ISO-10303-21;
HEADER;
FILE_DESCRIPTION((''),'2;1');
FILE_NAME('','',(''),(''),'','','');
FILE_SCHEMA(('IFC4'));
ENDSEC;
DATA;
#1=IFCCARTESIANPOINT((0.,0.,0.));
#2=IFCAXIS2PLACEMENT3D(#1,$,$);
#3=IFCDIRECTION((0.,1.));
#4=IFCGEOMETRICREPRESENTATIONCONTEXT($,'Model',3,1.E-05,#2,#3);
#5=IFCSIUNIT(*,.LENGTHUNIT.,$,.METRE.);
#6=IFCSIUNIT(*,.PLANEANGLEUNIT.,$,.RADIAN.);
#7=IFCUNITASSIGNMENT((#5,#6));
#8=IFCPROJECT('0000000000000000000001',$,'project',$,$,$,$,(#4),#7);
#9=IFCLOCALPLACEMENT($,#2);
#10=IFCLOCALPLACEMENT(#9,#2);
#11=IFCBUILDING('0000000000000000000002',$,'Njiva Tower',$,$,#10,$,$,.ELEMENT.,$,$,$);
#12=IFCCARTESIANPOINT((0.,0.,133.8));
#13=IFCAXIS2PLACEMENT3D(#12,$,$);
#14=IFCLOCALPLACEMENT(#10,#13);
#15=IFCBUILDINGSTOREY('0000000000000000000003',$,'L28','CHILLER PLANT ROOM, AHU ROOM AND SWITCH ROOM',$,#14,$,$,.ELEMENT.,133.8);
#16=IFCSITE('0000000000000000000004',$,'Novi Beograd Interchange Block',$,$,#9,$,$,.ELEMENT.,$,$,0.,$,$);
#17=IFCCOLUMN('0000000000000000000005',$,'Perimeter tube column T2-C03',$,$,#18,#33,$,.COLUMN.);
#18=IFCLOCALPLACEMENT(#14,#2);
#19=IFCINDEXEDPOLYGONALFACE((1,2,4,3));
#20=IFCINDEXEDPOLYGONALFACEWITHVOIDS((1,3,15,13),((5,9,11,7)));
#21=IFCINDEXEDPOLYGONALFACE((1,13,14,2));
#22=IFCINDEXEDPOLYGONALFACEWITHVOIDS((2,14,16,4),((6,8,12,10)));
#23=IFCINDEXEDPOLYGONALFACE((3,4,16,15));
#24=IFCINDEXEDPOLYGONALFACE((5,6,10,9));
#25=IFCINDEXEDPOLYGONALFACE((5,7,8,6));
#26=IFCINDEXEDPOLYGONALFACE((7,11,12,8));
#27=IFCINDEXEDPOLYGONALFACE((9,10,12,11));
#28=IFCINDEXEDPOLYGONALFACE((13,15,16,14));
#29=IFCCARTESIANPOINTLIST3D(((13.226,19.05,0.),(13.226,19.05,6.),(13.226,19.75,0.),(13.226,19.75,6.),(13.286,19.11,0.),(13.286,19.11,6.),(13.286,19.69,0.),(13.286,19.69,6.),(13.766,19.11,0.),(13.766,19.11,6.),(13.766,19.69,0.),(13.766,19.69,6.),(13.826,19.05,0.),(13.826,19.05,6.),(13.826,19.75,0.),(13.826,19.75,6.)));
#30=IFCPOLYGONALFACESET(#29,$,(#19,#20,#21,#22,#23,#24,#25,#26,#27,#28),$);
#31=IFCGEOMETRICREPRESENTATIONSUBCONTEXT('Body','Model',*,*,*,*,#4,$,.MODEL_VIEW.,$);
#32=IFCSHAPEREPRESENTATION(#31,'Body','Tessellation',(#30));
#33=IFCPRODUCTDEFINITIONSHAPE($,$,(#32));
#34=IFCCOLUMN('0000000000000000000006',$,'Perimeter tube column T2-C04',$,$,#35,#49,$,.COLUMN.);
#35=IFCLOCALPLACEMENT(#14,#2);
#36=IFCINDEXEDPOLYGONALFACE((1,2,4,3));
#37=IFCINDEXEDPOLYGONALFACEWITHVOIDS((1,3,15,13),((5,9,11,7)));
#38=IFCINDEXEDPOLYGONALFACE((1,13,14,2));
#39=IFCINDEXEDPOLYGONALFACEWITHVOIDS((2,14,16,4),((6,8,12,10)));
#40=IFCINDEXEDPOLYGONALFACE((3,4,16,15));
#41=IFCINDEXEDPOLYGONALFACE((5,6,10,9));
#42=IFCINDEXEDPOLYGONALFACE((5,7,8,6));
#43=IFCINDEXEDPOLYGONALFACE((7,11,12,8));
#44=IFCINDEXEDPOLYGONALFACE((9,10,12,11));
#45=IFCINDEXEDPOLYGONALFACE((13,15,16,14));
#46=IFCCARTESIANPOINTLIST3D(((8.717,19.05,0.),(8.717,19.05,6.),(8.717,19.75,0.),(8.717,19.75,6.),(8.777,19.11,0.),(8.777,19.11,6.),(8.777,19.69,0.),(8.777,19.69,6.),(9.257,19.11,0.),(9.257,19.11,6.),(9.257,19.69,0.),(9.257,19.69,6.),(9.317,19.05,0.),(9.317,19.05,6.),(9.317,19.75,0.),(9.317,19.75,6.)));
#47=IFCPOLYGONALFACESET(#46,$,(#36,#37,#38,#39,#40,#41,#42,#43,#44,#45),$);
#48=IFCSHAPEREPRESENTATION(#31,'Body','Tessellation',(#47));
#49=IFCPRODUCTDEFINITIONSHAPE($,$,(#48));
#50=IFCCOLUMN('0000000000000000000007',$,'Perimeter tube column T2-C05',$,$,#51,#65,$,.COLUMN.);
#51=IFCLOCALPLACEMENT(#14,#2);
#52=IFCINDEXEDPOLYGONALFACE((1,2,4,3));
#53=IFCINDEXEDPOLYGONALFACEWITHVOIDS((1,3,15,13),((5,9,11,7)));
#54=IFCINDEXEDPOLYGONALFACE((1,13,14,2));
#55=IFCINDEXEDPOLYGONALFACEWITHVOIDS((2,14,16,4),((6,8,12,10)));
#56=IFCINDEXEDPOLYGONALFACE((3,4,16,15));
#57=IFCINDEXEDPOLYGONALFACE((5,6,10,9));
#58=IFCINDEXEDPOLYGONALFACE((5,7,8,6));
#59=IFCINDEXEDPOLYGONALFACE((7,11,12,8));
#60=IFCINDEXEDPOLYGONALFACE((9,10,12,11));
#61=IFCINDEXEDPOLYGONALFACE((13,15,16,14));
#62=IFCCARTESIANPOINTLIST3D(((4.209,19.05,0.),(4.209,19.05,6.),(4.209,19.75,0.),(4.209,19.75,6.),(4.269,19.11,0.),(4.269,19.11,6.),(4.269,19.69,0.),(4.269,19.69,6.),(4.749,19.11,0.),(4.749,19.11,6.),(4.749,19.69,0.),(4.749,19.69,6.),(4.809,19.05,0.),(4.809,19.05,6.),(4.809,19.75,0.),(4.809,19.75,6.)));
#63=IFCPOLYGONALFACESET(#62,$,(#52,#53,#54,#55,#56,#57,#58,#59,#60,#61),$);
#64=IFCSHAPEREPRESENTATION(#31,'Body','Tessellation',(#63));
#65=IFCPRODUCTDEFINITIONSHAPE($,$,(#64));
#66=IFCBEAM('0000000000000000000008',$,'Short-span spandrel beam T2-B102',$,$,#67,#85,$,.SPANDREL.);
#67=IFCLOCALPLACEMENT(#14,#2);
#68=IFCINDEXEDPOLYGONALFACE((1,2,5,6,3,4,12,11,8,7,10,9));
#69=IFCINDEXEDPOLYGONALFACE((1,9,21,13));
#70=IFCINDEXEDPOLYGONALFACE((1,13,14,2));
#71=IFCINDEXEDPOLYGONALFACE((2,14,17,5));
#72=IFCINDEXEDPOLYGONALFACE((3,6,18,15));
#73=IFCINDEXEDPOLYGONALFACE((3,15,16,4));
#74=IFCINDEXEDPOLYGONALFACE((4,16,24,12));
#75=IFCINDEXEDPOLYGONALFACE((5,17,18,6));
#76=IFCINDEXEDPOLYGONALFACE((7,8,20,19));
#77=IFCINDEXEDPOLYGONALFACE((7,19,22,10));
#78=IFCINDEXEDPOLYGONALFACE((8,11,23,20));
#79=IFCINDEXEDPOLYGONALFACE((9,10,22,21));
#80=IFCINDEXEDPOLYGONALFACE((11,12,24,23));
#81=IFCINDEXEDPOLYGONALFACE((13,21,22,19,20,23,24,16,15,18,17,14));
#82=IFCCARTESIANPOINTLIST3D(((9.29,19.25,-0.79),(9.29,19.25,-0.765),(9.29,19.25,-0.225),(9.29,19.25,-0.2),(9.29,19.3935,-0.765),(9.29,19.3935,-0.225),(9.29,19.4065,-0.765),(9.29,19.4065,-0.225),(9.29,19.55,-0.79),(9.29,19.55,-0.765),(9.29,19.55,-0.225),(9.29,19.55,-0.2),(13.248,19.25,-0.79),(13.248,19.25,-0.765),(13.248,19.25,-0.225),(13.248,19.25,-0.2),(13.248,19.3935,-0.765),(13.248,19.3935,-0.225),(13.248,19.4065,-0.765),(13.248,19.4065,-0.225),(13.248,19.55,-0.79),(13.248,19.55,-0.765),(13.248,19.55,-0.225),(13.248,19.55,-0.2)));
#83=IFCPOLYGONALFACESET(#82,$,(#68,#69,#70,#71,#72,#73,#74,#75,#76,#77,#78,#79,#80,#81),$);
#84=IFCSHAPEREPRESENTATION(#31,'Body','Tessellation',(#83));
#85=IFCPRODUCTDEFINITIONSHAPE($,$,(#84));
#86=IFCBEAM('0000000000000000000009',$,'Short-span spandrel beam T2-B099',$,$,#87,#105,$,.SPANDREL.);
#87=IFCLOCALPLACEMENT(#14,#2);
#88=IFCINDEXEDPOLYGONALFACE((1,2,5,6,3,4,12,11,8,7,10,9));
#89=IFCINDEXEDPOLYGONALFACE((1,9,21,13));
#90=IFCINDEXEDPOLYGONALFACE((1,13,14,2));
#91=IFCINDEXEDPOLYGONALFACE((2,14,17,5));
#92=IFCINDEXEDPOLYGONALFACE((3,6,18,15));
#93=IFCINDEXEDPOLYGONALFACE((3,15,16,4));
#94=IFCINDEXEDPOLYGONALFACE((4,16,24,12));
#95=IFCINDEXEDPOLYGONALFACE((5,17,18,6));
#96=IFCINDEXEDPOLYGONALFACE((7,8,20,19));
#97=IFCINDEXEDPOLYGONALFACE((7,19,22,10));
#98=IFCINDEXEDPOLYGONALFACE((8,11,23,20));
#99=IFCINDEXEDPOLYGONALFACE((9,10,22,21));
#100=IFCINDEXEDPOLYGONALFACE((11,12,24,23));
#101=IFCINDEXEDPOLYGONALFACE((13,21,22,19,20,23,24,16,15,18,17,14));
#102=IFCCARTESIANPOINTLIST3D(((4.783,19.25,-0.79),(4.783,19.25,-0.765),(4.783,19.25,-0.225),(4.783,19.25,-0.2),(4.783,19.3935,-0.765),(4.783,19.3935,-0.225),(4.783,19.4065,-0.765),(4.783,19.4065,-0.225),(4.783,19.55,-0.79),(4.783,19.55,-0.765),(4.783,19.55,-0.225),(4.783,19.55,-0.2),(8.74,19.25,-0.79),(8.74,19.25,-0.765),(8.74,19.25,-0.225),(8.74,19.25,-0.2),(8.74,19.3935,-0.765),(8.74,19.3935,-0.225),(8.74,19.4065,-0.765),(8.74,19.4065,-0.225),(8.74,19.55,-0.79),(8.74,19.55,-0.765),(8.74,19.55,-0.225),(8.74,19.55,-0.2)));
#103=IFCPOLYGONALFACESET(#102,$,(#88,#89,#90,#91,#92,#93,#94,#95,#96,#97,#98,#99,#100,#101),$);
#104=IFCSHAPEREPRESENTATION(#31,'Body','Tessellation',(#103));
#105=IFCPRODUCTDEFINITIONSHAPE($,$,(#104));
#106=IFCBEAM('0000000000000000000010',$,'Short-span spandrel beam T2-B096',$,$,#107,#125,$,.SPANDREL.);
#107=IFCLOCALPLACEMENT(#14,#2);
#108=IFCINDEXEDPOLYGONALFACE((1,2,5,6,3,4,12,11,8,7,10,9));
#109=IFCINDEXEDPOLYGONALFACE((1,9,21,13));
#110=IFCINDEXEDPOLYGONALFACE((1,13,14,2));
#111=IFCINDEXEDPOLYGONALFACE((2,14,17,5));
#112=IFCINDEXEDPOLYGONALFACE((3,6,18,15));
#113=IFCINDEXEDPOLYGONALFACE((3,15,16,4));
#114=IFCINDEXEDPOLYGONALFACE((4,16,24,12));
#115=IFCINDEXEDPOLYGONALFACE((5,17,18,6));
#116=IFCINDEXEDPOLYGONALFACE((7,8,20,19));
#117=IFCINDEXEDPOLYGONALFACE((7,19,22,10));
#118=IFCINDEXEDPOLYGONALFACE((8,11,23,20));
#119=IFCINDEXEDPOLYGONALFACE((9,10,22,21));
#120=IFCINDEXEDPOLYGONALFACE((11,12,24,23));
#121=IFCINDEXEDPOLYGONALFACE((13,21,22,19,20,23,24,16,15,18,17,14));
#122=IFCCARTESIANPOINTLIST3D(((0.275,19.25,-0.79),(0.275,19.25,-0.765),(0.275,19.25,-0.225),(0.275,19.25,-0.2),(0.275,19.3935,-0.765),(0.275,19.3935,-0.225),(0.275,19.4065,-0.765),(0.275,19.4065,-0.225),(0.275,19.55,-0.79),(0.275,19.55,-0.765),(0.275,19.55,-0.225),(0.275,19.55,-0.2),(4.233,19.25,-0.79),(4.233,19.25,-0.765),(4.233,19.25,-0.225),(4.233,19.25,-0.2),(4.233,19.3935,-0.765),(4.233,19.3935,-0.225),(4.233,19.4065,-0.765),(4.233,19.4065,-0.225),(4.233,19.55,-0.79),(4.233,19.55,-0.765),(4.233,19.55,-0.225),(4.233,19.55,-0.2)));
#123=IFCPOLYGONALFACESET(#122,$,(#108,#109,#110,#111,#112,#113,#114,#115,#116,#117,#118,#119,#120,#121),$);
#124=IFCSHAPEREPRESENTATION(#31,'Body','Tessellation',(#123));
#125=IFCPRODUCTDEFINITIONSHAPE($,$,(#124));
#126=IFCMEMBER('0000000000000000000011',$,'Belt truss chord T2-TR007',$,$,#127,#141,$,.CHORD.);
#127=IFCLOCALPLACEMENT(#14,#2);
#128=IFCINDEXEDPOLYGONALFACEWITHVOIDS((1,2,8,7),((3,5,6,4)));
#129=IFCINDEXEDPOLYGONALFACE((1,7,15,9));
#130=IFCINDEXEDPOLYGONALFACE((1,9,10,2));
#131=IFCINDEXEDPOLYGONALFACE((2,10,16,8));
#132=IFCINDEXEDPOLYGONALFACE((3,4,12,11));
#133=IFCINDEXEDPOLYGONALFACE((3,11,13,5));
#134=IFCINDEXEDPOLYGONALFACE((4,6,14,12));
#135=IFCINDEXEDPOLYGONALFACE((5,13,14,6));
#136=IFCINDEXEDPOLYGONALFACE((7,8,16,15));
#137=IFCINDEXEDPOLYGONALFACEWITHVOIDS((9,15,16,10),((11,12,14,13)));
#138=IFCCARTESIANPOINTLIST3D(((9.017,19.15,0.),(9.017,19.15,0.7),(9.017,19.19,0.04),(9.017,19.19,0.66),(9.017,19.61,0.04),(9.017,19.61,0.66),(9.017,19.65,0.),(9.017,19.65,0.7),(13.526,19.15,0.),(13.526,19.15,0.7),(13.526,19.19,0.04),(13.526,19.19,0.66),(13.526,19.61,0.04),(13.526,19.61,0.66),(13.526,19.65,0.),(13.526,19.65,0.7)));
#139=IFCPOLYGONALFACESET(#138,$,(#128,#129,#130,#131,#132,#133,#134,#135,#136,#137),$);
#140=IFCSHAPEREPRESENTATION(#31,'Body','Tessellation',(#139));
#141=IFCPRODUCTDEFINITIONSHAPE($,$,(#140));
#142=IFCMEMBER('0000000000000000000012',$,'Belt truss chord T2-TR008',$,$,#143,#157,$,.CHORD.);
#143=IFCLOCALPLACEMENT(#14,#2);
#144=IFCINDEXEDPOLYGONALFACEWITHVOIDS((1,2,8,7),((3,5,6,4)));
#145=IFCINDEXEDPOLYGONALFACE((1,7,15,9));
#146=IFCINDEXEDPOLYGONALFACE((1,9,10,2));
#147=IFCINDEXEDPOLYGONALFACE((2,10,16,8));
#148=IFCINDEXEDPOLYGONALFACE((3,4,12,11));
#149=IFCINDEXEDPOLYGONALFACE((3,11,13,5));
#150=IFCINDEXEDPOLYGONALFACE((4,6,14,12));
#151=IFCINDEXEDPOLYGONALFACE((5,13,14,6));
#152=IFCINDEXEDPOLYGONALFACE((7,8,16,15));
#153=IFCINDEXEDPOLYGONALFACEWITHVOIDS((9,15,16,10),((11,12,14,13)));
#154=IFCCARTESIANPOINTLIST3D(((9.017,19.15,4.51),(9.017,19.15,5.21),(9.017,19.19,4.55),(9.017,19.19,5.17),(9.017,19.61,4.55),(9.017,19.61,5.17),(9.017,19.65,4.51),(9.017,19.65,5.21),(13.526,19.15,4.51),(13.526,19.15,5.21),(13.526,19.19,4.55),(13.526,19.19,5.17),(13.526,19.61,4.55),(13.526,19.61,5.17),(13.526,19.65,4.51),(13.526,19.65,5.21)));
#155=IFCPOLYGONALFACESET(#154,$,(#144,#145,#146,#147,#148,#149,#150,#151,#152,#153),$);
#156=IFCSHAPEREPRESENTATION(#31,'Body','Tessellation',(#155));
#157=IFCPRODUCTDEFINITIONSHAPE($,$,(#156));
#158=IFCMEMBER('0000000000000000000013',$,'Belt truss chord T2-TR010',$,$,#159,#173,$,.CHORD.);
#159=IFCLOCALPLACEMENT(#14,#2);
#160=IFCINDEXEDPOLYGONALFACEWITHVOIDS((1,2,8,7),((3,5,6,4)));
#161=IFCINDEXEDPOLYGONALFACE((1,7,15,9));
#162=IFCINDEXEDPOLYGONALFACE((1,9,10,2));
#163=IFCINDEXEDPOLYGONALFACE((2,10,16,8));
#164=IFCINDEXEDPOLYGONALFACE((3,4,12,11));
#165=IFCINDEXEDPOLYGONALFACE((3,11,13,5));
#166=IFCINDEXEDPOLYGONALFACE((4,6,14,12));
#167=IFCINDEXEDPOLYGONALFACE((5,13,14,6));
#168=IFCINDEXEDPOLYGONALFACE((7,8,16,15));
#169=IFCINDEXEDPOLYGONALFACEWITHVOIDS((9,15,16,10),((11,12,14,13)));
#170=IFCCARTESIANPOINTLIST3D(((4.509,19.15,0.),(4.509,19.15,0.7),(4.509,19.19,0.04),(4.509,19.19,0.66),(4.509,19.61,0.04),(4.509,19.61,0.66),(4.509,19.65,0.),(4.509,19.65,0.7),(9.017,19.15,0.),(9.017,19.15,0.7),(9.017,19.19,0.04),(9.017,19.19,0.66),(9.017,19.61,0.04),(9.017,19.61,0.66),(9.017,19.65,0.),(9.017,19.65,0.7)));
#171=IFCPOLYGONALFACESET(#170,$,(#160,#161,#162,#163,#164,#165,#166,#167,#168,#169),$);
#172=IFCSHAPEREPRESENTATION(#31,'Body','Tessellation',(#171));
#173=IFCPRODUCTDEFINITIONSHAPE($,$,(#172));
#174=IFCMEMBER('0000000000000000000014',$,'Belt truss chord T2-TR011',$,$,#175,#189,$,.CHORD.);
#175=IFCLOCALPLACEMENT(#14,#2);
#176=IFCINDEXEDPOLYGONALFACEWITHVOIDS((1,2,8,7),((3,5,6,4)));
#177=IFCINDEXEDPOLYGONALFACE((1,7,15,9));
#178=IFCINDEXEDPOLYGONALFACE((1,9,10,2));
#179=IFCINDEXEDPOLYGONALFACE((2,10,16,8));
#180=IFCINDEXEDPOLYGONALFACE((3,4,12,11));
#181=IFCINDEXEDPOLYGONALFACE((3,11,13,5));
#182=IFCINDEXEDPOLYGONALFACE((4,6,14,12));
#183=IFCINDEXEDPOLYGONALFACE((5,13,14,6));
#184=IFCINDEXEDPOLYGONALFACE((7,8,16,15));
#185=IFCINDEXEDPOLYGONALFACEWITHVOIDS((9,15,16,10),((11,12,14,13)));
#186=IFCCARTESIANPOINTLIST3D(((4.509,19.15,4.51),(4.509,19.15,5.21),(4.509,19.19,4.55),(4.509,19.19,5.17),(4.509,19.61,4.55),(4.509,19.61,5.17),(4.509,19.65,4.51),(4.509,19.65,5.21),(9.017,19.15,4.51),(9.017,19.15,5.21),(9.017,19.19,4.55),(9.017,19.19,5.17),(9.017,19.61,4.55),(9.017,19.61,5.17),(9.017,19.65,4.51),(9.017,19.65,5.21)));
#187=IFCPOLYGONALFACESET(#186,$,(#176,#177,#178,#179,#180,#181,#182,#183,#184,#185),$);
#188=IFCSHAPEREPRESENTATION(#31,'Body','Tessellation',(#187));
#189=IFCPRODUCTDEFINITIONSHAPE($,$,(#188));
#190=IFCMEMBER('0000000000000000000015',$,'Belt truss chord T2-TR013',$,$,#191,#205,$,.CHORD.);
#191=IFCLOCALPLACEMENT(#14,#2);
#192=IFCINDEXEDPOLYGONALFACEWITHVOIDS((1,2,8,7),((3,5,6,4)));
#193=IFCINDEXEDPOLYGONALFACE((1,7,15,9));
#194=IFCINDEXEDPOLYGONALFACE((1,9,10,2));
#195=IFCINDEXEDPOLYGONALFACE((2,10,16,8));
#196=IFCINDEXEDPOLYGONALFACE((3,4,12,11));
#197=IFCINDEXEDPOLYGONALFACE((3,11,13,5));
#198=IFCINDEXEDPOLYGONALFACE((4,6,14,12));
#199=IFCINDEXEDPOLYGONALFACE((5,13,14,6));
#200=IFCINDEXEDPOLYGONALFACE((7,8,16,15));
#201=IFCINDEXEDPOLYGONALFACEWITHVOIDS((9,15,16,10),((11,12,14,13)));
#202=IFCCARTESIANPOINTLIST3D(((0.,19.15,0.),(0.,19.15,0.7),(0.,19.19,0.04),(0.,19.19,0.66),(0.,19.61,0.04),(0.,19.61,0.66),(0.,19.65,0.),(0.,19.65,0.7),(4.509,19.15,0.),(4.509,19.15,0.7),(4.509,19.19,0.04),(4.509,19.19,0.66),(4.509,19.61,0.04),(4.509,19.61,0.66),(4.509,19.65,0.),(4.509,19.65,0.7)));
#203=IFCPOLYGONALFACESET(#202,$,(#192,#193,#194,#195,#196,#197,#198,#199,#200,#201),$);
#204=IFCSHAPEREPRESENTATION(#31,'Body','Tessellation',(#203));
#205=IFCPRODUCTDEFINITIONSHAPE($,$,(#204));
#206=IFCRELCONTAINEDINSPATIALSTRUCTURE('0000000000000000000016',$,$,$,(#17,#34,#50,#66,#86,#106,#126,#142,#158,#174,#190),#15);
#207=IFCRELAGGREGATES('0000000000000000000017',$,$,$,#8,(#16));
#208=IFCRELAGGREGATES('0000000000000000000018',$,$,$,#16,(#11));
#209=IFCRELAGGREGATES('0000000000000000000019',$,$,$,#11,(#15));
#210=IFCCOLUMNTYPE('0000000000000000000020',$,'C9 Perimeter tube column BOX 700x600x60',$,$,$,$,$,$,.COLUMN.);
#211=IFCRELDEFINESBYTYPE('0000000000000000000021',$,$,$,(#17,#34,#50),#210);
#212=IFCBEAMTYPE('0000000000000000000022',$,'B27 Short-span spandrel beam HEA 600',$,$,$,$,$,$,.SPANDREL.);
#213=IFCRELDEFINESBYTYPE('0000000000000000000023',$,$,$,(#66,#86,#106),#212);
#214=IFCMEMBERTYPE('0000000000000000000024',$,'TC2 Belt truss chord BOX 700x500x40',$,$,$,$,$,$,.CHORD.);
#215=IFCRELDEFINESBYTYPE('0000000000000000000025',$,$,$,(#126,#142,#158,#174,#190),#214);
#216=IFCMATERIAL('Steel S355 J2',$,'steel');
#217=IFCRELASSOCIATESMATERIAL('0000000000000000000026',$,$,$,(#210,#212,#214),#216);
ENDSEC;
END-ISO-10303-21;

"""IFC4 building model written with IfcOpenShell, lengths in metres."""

from ifc_helpers import new_model, si_unit, direction, frame, origin, origin_2d, place, context, subcontext, project, spatial, hollow_rectangle, i_section, extrude, material, material_profile, profile_set, type_object, element, save


model = new_model("IFC4")

# Units and contexts
model_context = context("Model", 3, precision=1e-05, world=origin(), true_north=direction((0.0, 1.0)))
body_context = subcontext(model_context, "Body", "Model", "MODEL_VIEW")
ifc_project = project(units=[si_unit("LENGTHUNIT", "METRE"), si_unit("PLANEANGLEUNIT", "RADIAN")], contexts=[model_context])

# Site, building, storey
site_placement = place(None, origin())
site = spatial("IfcSite", under=ifc_project, at=site_placement, Name="Novi Beograd Interchange Block", CompositionType="ELEMENT", RefElevation=0.0)
building_placement = place(site_placement, origin())
building = spatial("IfcBuilding", under=site, at=building_placement, Name="Njiva Tower", CompositionType="ELEMENT")
storey_placement = place(building_placement, frame((0.0, 0.0, 133.8)))
storey = spatial("IfcBuildingStorey", under=building, at=storey_placement, Name="L28", Description="CHILLER PLANT ROOM, AHU ROOM AND SWITCH ROOM", CompositionType="ELEMENT", Elevation=133.8)

# Columns
ifc_material_1 = material(Name="Steel S355 J2", Category="steel")
ifc_material_profile_1 = material_profile(ifc_material_1, hollow_rectangle(XDim=0.6, YDim=0.7, WallThickness=0.06, at=origin_2d()), Name="BOX 700x600x60")
ifc_profile_set_1 = profile_set([ifc_material_profile_1], Name="Steel S355 J2")
column_type = type_object("IfcColumnType", Name="C9 Perimeter tube column BOX 700x600x60", PredefinedType="COLUMN", material=ifc_profile_set_1)
for number, where, z_axis, x_axis, name in (
    (1, (13.526, 19.4, 0.0), (0.0, 0.0, 1.0), (-1.0, 0.0, 0.0), "Perimeter tube column T2-C03"),
    (2, (9.017, 19.4, 0.0), (0.0, 0.0, 1.0), (-1.0, 0.0, 0.0), "Perimeter tube column T2-C04"),
    (3, (4.509, 19.4, 0.0), (0.0, 0.0, 1.0), (-1.0, 0.0, 0.0), "Perimeter tube column T2-C05"),
):
    element("IfcColumn", number, at=place(storey_placement, frame(where, z_axis=z_axis, x_axis=x_axis)), inside=storey, type_object=column_type, Name=name, PredefinedType="COLUMN", context=body_context, shape_type="SweptSolid", body=[
        extrude(hollow_rectangle(XDim=0.6, YDim=0.7, WallThickness=0.06, at=origin_2d()), origin(), (0.0, 0.0, 1.0), 6.0),
    ])

# Beams
ifc_material_profile_2 = material_profile(ifc_material_1, i_section(OverallWidth=0.3, OverallDepth=0.59, WebThickness=0.013, FlangeThickness=0.025, at=origin_2d()), Name="HEA 600")
ifc_profile_set_2 = profile_set([ifc_material_profile_2], Name="Steel S355 J2")
beam_type = type_object("IfcBeamType", Name="B27 Short-span spandrel beam HEA 600", PredefinedType="SPANDREL", material=ifc_profile_set_2)
beam_1_placement = place(storey_placement, frame((13.248, 19.4, -0.495), z_axis=(-1.0, 0.0, 0.0), x_axis=(0.0, -1.0, 0.0)))
element("IfcBeam", 4, at=beam_1_placement, inside=storey, type_object=beam_type, Name="Short-span spandrel beam T2-B102", PredefinedType="SPANDREL", context=body_context, shape_type="SweptSolid", body=[
    extrude(i_section(OverallWidth=0.3, OverallDepth=0.59, WebThickness=0.013, FlangeThickness=0.025, at=origin_2d()), origin(), (0.0, 0.0, 1.0), 3.958),
])
beam_2_placement = place(storey_placement, frame((8.74, 19.4, -0.495), z_axis=(-1.0, 0.0, 0.0), x_axis=(0.0, -1.0, 0.0)))
element("IfcBeam", 5, at=beam_2_placement, inside=storey, type_object=beam_type, Name="Short-span spandrel beam T2-B099", PredefinedType="SPANDREL", context=body_context, shape_type="SweptSolid", body=[
    extrude(i_section(OverallWidth=0.3, OverallDepth=0.59, WebThickness=0.013, FlangeThickness=0.025, at=origin_2d()), origin(), (0.0, 0.0, 1.0), 3.957),
])
beam_3_placement = place(storey_placement, frame((4.233, 19.4, -0.495), z_axis=(-1.0, 0.0, 0.0), x_axis=(0.0, -1.0, 0.0)))
element("IfcBeam", 6, at=beam_3_placement, inside=storey, type_object=beam_type, Name="Short-span spandrel beam T2-B096", PredefinedType="SPANDREL", context=body_context, shape_type="SweptSolid", body=[
    extrude(i_section(OverallWidth=0.3, OverallDepth=0.59, WebThickness=0.013, FlangeThickness=0.025, at=origin_2d()), origin(), (0.0, 0.0, 1.0), 3.958),
])

# Members
ifc_material_profile_3 = material_profile(ifc_material_1, hollow_rectangle(XDim=0.5, YDim=0.7, WallThickness=0.04, at=origin_2d()), Name="BOX 700x500x40")
ifc_profile_set_3 = profile_set([ifc_material_profile_3], Name="Steel S355 J2")
member_type_1 = type_object("IfcMemberType", Name="TC2 Belt truss chord BOX 700x500x40", PredefinedType="CHORD", material=ifc_profile_set_3)
for number, where, z_axis, x_axis, name in (
    (7, (13.526, 19.4, 0.35), (-1.0, 0.0, 0.0), (0.0, -1.0, 0.0), "Belt truss chord T2-TR007"),
    (8, (13.526, 19.4, 4.86), (-1.0, 0.0, 0.0), (0.0, -1.0, 0.0), "Belt truss chord T2-TR008"),
):
    element("IfcMember", number, at=place(storey_placement, frame(where, z_axis=z_axis, x_axis=x_axis)), inside=storey, type_object=member_type_1, Name=name, PredefinedType="CHORD", context=body_context, shape_type="SweptSolid", body=[
        extrude(hollow_rectangle(XDim=0.5, YDim=0.7, WallThickness=0.04, at=origin_2d()), origin(), (0.0, 0.0, 1.0), 4.509),
    ])
for number, where, z_axis, x_axis, name in (
    (9, (9.017, 19.4, 0.35), (-1.0, 0.0, 0.0), (0.0, -1.0, 0.0), "Belt truss chord T2-TR010"),
    (10, (9.017, 19.4, 4.86), (-1.0, 0.0, 0.0), (0.0, -1.0, 0.0), "Belt truss chord T2-TR011"),
):
    element("IfcMember", number, at=place(storey_placement, frame(where, z_axis=z_axis, x_axis=x_axis)), inside=storey, type_object=member_type_1, Name=name, PredefinedType="CHORD", context=body_context, shape_type="SweptSolid", body=[
        extrude(hollow_rectangle(XDim=0.5, YDim=0.7, WallThickness=0.04, at=origin_2d()), origin(), (0.0, 0.0, 1.0), 4.508),
    ])
for number, where, z_axis, x_axis, name in (
    (11, (4.509, 19.4, 0.35), (-1.0, 0.0, 0.0), (0.0, -1.0, 0.0), "Belt truss chord T2-TR013"),
):
    element("IfcMember", number, at=place(storey_placement, frame(where, z_axis=z_axis, x_axis=x_axis)), inside=storey, type_object=member_type_1, Name=name, PredefinedType="CHORD", context=body_context, shape_type="SweptSolid", body=[
        extrude(hollow_rectangle(XDim=0.5, YDim=0.7, WallThickness=0.04, at=origin_2d()), origin(), (0.0, 0.0, 1.0), 4.509),
    ])

save(model, "model.ifc")
